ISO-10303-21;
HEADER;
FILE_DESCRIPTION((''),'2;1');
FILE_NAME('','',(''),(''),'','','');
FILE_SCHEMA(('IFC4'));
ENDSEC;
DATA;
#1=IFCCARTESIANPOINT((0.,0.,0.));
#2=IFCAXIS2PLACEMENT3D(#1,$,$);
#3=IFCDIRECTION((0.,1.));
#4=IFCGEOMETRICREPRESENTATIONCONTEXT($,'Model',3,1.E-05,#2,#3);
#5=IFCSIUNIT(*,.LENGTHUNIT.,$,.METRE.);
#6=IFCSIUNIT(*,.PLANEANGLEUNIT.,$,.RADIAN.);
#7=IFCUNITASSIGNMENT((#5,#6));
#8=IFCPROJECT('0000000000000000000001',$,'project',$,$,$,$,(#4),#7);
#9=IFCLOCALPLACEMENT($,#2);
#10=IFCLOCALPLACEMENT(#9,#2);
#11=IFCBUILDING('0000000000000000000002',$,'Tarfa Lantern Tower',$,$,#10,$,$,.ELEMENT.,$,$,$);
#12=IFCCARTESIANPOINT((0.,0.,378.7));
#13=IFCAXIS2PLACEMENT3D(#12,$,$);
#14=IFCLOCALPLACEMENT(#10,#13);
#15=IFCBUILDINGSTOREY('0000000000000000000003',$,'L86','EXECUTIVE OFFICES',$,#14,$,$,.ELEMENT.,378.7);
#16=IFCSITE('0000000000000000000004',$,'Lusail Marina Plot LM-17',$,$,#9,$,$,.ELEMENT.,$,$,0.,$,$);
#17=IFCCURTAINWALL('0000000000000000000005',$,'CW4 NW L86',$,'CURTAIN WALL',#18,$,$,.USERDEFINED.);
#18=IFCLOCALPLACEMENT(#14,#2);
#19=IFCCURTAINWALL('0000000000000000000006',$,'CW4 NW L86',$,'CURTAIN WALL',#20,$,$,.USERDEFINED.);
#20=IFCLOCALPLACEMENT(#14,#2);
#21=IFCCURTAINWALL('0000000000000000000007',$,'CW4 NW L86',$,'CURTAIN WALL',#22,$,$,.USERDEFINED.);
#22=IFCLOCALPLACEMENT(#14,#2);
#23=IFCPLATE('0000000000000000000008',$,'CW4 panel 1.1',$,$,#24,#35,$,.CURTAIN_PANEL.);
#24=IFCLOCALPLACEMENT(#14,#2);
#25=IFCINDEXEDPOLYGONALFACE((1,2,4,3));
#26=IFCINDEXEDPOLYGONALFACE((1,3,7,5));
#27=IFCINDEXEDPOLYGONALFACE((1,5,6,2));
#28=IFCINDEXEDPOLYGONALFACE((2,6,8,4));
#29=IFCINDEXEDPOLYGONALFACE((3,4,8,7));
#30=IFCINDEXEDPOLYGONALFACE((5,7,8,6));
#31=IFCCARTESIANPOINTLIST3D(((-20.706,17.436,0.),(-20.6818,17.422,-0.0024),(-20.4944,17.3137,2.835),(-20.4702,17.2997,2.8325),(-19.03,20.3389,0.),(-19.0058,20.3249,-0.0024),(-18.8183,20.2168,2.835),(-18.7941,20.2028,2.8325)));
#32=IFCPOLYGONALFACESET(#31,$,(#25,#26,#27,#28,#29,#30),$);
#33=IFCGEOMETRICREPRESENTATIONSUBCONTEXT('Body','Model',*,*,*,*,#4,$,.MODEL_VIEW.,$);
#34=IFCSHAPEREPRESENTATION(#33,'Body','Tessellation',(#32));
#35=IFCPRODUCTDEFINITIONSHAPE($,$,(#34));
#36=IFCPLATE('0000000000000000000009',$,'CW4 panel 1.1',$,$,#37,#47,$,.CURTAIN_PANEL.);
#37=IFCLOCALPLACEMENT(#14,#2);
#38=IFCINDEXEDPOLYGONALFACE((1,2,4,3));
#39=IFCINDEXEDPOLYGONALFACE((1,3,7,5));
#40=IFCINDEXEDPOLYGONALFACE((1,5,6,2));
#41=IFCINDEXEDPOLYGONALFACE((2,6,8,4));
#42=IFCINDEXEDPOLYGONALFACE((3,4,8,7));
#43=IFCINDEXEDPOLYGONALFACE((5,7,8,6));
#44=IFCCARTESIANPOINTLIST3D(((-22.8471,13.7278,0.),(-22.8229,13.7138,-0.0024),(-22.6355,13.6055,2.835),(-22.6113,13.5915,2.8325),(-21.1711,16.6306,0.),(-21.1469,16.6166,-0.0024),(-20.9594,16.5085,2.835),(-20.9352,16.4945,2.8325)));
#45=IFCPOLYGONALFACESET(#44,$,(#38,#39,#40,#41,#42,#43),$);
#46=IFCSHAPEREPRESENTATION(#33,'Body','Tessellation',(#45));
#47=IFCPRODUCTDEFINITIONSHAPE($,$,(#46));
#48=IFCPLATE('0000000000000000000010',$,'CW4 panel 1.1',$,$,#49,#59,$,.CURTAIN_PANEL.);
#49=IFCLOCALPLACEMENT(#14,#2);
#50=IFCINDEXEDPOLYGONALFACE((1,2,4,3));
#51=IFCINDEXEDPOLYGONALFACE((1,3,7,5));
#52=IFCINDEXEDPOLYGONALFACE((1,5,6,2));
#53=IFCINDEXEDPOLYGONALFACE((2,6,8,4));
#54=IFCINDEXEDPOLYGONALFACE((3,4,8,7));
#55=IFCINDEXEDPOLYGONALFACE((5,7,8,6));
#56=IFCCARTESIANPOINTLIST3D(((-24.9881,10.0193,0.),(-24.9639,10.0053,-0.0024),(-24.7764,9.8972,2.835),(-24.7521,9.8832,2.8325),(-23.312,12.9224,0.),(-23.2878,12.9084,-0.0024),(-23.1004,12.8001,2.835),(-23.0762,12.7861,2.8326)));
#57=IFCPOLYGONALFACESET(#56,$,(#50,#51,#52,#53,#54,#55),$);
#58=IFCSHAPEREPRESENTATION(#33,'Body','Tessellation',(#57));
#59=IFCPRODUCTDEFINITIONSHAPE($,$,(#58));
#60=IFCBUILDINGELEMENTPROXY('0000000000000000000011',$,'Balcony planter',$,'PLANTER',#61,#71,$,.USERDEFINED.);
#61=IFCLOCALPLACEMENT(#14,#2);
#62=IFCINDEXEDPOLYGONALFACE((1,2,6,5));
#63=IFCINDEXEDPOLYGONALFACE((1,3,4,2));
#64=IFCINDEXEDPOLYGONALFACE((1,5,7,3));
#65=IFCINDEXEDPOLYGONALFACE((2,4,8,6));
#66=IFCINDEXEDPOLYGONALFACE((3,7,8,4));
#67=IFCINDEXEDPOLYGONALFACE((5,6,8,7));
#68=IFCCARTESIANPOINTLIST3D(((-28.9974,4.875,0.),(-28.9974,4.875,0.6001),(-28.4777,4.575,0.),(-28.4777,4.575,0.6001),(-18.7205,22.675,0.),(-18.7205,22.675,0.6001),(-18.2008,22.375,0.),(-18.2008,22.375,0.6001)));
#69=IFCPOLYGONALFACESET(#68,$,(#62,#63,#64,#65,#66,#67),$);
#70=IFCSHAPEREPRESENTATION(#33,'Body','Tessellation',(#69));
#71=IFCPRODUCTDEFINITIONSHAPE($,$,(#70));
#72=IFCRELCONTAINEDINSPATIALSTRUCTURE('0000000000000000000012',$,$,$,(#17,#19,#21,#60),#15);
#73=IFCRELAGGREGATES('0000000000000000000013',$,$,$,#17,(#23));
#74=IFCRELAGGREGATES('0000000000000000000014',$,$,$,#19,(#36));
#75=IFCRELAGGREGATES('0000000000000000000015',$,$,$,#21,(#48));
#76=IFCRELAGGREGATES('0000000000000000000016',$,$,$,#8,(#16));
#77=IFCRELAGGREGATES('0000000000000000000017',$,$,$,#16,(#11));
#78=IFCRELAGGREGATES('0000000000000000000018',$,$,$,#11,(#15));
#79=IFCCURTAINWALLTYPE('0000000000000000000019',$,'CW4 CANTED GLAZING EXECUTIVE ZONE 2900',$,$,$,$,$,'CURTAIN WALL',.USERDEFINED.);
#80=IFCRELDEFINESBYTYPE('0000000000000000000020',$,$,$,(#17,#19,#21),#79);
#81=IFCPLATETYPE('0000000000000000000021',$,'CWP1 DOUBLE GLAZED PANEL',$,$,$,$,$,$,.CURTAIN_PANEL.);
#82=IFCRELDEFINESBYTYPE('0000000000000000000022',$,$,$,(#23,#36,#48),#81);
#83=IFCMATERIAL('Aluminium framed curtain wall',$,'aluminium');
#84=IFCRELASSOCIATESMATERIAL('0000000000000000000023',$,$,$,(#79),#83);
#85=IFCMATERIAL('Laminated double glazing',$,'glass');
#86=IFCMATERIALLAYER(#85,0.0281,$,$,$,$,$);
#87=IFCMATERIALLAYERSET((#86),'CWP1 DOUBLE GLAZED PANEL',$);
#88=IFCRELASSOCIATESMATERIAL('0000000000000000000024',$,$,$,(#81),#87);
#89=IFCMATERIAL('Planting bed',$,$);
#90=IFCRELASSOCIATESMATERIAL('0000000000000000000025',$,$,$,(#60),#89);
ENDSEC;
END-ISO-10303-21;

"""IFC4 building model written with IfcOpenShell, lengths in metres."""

from ifc_helpers import new_model, si_unit, direction, frame, origin, origin_2d, place, context, subcontext, project, spatial, polyline, rectangle, outline, extrude, material, layer, layer_set, type_object, element, aggregate, save


model = new_model("IFC4")

# Units and contexts
model_context = context("Model", 3, precision=1e-05, world=origin(), true_north=direction((0.0, 1.0)))
body_context = subcontext(model_context, "Body", "Model", "MODEL_VIEW")
ifc_project = project(units=[si_unit("LENGTHUNIT", "METRE"), si_unit("PLANEANGLEUNIT", "RADIAN")], contexts=[model_context])

# Site, building, storey
site_placement = place(None, origin())
site = spatial("IfcSite", under=ifc_project, at=site_placement, Name="Lusail Marina Plot LM-17", CompositionType="ELEMENT", RefElevation=0.0)
building_placement = place(site_placement, origin())
building = spatial("IfcBuilding", under=site, at=building_placement, Name="Tarfa Lantern Tower", CompositionType="ELEMENT")
storey_placement = place(building_placement, frame((0.0, 0.0, 378.7)))
storey = spatial("IfcBuildingStorey", under=building, at=storey_placement, Name="L86", Description="EXECUTIVE OFFICES", CompositionType="ELEMENT", Elevation=378.7)

# Shared definitions
ifc_material_1 = material(Name="Aluminium framed curtain wall", Category="aluminium")
curtain_wall_type = type_object("IfcCurtainWallType", Name="CW4 CANTED GLAZING EXECUTIVE ZONE 2900", ElementType="CURTAIN WALL", PredefinedType="USERDEFINED", material=ifc_material_1)

# Curtain walls
curtain_wall_1_placement = place(storey_placement, origin())
curtain_wall_1 = element("IfcCurtainWall", 1, at=curtain_wall_1_placement, inside=storey, type_object=curtain_wall_type, Name="CW4 NW L86", ObjectType="CURTAIN WALL", PredefinedType="USERDEFINED")
curtain_wall_2_placement = place(storey_placement, origin())
curtain_wall_2 = element("IfcCurtainWall", 2, at=curtain_wall_2_placement, inside=storey, type_object=curtain_wall_type, Name="CW4 NW L86", ObjectType="CURTAIN WALL", PredefinedType="USERDEFINED")

# Curtain wall
curtain_wall_3_placement = place(storey_placement, origin())
curtain_wall_3 = element("IfcCurtainWall", 3, at=curtain_wall_3_placement, inside=storey, type_object=curtain_wall_type, Name="CW4 NW L86", ObjectType="CURTAIN WALL", PredefinedType="USERDEFINED")

# Plates
ifc_material_2 = material(Name="Laminated double glazing", Category="glass")
ifc_layer = layer(ifc_material_2, 0.0281)
ifc_layer_set = layer_set([ifc_layer], Name="CWP1 DOUBLE GLAZED PANEL")
plate_type = type_object("IfcPlateType", Name="CWP1 DOUBLE GLAZED PANEL", PredefinedType="CURTAIN_PANEL", material=ifc_layer_set)
plate_1_placement = place(storey_placement, frame((-19.03, 20.3389, 0.0), z_axis=(-0.862824, 0.498153, 0.085893), x_axis=(-0.500001, -0.866025, -0.000002)))
plate_1 = element("IfcPlate", 4, at=plate_1_placement, type_object=plate_type, Name="CW4 panel 1.1", PredefinedType="CURTAIN_PANEL", context=body_context, shape_type="SweptSolid", body=[
    extrude(outline(polyline([(0.0, 0.0), (3.3519, 0.0), (3.352, 2.8455), (-0.0001, 2.8455), (0.0, 0.0)])), origin(), (0.0, 0.0, -1.0), 0.0281),
])
aggregate(curtain_wall_1, [plate_1])
plate_2_placement = place(storey_placement, frame((-21.1711, 16.6306, 0.0), z_axis=(-0.862824, 0.498153, 0.085893), x_axis=(-0.500001, -0.866025, -0.000002)))
plate_2 = element("IfcPlate", 5, at=plate_2_placement, type_object=plate_type, Name="CW4 panel 1.1", PredefinedType="CURTAIN_PANEL", context=body_context, shape_type="SweptSolid", body=[
    extrude(outline(polyline([(0.0, 0.0), (3.3519, 0.0), (3.352, 2.8455), (-0.0001, 2.8455), (0.0, 0.0)])), origin(), (0.0, 0.0, -1.0), 0.0281),
])
aggregate(curtain_wall_2, [plate_2])
plate_3_placement = place(storey_placement, frame((-23.312, 12.9224, 0.0), z_axis=(-0.862824, 0.498153, 0.085893), x_axis=(-0.500001, -0.866025, 0.000002)))
plate_3 = element("IfcPlate", 6, at=plate_3_placement, type_object=plate_type, Name="CW4 panel 1.1", PredefinedType="CURTAIN_PANEL", context=body_context, shape_type="SweptSolid", body=[
    extrude(outline(polyline([(0.0, 0.0), (3.3522, 0.0), (3.352, 2.8455), (0.0001, 2.8455), (0.0, 0.0)])), origin(), (0.0, 0.0, -1.0), 0.0281),
])
aggregate(curtain_wall_3, [plate_3])

# Building element proxy
ifc_material_3 = material(Name="Planting bed")
proxy_placement = place(storey_placement, frame((-23.5991, 13.625, 0.0), z_axis=(0.0, 0.0, 1.0), x_axis=(-0.5, -0.866025, 0.0)))
element("IfcBuildingElementProxy", 7, at=proxy_placement, inside=storey, material=ifc_material_3, Name="Balcony planter", ObjectType="PLANTER", PredefinedType="USERDEFINED", context=body_context, shape_type="SweptSolid", body=[
    extrude(rectangle(XDim=20.5537, YDim=0.6001, at=origin_2d()), origin(), (0.0, 0.0, 1.0), 0.6001),
])

save(model, "model.ifc")
